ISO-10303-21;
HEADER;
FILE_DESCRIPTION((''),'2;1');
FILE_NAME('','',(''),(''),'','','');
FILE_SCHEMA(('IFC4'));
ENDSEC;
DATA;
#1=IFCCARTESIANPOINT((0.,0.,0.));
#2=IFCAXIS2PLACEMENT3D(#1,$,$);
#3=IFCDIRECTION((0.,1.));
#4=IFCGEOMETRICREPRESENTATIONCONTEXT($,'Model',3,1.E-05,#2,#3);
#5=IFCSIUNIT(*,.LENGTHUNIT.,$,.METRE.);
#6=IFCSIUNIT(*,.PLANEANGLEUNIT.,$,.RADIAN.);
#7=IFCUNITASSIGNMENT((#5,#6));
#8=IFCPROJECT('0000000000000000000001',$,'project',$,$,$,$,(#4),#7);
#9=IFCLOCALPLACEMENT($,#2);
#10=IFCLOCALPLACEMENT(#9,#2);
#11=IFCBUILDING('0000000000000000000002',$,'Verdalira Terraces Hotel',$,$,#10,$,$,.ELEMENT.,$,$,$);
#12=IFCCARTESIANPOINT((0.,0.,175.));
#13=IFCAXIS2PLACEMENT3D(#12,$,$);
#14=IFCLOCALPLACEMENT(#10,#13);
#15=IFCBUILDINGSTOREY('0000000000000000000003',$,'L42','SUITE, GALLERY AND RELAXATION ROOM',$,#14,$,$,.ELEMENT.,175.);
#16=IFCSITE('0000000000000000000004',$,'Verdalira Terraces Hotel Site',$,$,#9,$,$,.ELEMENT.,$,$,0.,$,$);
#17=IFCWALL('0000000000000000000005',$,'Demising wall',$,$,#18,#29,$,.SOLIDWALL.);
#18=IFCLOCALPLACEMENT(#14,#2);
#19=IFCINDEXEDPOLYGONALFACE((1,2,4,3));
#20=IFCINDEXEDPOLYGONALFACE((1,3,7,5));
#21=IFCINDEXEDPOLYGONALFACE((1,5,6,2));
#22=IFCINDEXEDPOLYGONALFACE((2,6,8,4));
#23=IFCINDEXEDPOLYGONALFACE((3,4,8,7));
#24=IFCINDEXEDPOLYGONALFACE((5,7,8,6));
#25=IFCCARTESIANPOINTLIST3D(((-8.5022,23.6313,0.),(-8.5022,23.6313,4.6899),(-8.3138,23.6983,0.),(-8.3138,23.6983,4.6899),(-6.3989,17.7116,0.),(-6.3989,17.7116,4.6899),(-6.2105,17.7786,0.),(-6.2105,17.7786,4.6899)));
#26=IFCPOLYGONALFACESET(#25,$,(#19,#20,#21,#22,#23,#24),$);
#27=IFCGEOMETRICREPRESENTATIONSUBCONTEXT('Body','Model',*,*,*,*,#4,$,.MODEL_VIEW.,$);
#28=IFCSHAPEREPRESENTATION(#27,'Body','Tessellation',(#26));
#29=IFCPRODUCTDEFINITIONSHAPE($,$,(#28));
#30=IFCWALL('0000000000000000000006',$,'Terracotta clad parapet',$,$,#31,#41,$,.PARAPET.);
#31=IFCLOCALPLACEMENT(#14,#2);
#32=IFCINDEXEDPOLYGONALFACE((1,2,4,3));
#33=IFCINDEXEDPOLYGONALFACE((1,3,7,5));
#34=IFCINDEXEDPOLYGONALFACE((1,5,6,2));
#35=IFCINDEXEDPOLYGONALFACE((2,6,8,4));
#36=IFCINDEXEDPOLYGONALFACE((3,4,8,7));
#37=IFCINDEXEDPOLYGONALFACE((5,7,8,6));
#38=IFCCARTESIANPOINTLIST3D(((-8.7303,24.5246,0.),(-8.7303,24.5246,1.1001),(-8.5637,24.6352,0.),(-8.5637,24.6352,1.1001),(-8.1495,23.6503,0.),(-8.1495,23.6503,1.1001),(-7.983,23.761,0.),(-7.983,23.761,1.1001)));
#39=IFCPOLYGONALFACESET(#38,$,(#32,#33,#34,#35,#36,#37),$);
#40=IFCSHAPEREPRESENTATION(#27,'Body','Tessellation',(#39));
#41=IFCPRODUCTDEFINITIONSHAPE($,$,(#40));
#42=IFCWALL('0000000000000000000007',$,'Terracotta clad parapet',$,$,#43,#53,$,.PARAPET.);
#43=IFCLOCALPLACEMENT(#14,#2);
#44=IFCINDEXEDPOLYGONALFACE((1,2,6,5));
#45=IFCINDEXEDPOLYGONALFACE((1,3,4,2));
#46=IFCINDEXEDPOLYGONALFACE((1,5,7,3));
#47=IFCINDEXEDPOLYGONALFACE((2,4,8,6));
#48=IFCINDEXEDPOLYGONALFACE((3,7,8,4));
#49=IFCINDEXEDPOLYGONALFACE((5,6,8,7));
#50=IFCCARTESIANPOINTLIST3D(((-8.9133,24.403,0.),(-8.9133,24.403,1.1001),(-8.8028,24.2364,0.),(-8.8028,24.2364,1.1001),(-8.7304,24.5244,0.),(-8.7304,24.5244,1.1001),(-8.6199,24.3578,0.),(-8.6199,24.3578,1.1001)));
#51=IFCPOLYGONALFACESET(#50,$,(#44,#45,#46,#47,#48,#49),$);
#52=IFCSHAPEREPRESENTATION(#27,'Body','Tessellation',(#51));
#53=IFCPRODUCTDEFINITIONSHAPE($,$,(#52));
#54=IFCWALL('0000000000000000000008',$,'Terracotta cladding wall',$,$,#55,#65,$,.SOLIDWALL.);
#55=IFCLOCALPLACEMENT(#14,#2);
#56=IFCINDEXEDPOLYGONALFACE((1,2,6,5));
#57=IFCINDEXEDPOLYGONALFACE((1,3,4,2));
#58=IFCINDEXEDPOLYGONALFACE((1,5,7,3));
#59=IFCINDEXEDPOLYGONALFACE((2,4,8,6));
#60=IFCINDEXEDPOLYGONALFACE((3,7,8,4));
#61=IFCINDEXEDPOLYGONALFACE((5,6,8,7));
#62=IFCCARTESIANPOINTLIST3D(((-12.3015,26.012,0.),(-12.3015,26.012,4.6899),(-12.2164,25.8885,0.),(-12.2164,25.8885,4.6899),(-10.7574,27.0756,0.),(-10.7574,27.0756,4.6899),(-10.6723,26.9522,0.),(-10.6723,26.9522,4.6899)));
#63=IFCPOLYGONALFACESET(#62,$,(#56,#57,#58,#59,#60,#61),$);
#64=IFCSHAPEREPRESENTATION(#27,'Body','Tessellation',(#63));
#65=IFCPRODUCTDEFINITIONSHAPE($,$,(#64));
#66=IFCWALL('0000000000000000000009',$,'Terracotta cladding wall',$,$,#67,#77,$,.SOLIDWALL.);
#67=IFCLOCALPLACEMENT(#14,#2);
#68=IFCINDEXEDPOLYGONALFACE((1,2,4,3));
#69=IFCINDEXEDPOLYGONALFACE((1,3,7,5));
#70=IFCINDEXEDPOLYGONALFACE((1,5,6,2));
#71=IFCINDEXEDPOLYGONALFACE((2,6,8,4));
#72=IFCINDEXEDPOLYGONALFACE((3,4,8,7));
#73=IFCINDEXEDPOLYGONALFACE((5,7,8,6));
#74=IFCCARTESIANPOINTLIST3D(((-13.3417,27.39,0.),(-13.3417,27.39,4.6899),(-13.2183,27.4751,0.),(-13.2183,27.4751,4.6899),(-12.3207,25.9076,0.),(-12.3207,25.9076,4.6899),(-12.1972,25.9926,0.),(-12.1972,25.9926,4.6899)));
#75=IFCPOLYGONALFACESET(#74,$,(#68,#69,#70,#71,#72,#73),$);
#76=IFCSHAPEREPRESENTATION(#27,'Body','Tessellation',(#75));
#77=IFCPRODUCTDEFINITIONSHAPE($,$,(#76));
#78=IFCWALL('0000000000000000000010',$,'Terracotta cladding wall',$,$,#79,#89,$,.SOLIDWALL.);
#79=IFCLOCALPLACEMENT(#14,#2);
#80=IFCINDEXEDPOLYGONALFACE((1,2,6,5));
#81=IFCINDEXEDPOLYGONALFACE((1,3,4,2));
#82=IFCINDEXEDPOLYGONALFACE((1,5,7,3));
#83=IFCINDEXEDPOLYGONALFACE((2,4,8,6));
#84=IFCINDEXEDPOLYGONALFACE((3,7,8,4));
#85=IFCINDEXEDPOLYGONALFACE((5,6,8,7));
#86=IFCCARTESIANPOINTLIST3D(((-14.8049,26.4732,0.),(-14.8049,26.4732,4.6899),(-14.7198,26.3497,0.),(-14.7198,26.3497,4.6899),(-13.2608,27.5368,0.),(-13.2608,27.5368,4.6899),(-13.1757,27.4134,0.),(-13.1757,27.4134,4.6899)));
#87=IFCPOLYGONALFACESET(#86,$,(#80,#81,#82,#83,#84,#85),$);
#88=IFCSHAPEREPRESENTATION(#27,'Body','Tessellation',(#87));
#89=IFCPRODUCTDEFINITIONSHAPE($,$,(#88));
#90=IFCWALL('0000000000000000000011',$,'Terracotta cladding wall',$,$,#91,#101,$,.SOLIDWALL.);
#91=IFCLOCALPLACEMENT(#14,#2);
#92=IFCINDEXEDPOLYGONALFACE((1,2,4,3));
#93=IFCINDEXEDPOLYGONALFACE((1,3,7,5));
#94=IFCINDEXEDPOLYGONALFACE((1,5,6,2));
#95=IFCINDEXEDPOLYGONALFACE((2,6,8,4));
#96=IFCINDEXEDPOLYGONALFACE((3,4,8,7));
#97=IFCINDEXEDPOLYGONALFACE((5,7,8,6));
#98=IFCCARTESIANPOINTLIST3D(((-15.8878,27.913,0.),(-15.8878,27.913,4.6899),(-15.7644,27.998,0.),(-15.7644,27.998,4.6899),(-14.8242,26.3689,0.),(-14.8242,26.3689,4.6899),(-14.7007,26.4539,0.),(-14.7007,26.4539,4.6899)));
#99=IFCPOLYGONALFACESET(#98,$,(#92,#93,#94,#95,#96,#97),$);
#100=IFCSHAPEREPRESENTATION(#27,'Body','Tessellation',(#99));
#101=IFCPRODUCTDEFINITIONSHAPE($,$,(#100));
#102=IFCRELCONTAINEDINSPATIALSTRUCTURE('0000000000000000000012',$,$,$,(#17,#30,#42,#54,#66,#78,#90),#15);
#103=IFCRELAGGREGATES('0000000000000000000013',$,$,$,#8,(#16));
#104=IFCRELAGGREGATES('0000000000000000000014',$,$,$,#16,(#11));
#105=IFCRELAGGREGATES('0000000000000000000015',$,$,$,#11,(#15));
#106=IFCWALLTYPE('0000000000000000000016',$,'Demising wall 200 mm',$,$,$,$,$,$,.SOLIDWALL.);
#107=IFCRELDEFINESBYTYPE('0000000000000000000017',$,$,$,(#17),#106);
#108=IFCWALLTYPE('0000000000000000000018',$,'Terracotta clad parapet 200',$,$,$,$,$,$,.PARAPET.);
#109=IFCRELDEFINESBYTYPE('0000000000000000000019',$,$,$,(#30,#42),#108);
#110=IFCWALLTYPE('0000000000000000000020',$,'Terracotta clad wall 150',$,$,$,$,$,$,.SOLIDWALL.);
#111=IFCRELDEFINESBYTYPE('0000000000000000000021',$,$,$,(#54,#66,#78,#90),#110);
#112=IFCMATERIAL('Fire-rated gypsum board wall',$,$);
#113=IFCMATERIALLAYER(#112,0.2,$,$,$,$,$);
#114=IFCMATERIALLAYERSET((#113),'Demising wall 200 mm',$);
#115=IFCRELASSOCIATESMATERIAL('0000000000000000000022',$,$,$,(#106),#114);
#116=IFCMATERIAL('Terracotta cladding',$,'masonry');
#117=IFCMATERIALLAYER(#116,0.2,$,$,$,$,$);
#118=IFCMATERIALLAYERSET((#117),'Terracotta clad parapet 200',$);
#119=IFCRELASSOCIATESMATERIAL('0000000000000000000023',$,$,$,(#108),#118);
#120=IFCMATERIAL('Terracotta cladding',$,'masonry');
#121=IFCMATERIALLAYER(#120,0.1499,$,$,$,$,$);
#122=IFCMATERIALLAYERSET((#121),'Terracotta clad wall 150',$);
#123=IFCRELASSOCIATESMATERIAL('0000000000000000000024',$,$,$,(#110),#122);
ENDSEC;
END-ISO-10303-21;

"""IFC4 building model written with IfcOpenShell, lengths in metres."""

from ifc_helpers import new_model, si_unit, direction, frame, frame_2d, origin, place, context, subcontext, project, spatial, rectangle, extrude, material, layer, layer_set, type_object, element, save


model = new_model("IFC4")

# Units and contexts
model_context = context("Model", 3, precision=1e-05, world=origin(), true_north=direction((0.0, 1.0)))
body_context = subcontext(model_context, "Body", "Model", "MODEL_VIEW")
ifc_project = project(units=[si_unit("LENGTHUNIT", "METRE"), si_unit("PLANEANGLEUNIT", "RADIAN")], contexts=[model_context])

# Site, building, storey
site_placement = place(None, origin())
site = spatial("IfcSite", under=ifc_project, at=site_placement, Name="Verdalira Terraces Hotel Site", CompositionType="ELEMENT", RefElevation=0.0)
building_placement = place(site_placement, origin())
building = spatial("IfcBuilding", under=site, at=building_placement, Name="Verdalira Terraces Hotel", CompositionType="ELEMENT")
storey_placement = place(building_placement, frame((0.0, 0.0, 175.0)))
storey = spatial("IfcBuildingStorey", under=building, at=storey_placement, Name="L42", Description="SUITE, GALLERY AND RELAXATION ROOM", CompositionType="ELEMENT", Elevation=175.0)

# Walls
ifc_material_1 = material(Name="Fire-rated gypsum board wall")
ifc_layer_1 = layer(ifc_material_1, 0.2)
ifc_layer_set_1 = layer_set([ifc_layer_1], Name="Demising wall 200 mm")
wall_type_1 = type_object("IfcWallType", Name="Demising wall 200 mm", PredefinedType="SOLIDWALL", material=ifc_layer_set_1)
wall_1_placement = place(storey_placement, frame((-8.408, 23.6648, 0.0), z_axis=(0.0, 0.0, 1.0), x_axis=(0.334797, -0.94229, 0.0)))
element("IfcWall", 1, at=wall_1_placement, inside=storey, type_object=wall_type_1, Name="Demising wall", PredefinedType="SOLIDWALL", context=body_context, shape_type="SweptSolid", body=[
    extrude(rectangle(XDim=6.2822, YDim=0.2, at=frame_2d((3.1411, 0.0))), origin(), (0.0, 0.0, 1.0), 4.6899),
])
ifc_material_2 = material(Name="Terracotta cladding", Category="masonry")
ifc_layer_2 = layer(ifc_material_2, 0.2)
ifc_layer_set_2 = layer_set([ifc_layer_2], Name="Terracotta clad parapet 200")
wall_type_2 = type_object("IfcWallType", Name="Terracotta clad parapet 200", PredefinedType="PARAPET", material=ifc_layer_set_2)
wall_2_placement = place(storey_placement, frame((-8.0662, 23.7056, 0.0), z_axis=(0.0, 0.0, 1.0), x_axis=(-0.553358, 0.832944, 0.0)))
element("IfcWall", 2, at=wall_2_placement, inside=storey, type_object=wall_type_2, Name="Terracotta clad parapet", PredefinedType="PARAPET", context=body_context, shape_type="SweptSolid", body=[
    extrude(rectangle(XDim=1.0496, YDim=0.2, at=frame_2d((0.5249, 0.0))), origin(), (0.0, 0.0, 1.0), 1.1001),
])
wall_3_placement = place(storey_placement, frame((-8.675, 24.4412, 0.0), z_axis=(0.0, 0.0, 1.0), x_axis=(-0.833246, -0.552902, 0.0)))
element("IfcWall", 3, at=wall_3_placement, inside=storey, type_object=wall_type_2, Name="Terracotta clad parapet", PredefinedType="PARAPET", context=body_context, shape_type="SweptSolid", body=[
    extrude(rectangle(XDim=0.2195, YDim=0.2, at=frame_2d((0.1099, 0.0))), origin(), (0.0, 0.0, 1.0), 1.1001),
])
ifc_material_3 = material(Name="Terracotta cladding", Category="masonry")
ifc_layer_3 = layer(ifc_material_3, 0.1499)
ifc_layer_set_3 = layer_set([ifc_layer_3], Name="Terracotta clad wall 150")
wall_type_3 = type_object("IfcWallType", Name="Terracotta clad wall 150", PredefinedType="SOLIDWALL", material=ifc_layer_set_3)
wall_4_placement = place(storey_placement, frame((-10.7148, 27.0139, 0.0), z_axis=(0.0, 0.0, 1.0), x_axis=(-0.823521, -0.567286, 0.0)))
element("IfcWall", 4, at=wall_4_placement, inside=storey, type_object=wall_type_3, Name="Terracotta cladding wall", PredefinedType="SOLIDWALL", context=body_context, shape_type="SweptSolid", body=[
    extrude(rectangle(XDim=1.875, YDim=0.1499, at=frame_2d((0.9375, 0.0))), origin(), (0.0, 0.0, 1.0), 4.6899),
])
wall_5_placement = place(storey_placement, frame((-12.259, 25.9502, 0.0), z_axis=(0.0, 0.0, 1.0), x_axis=(-0.567219, 0.823567, 0.0)))
element("IfcWall", 5, at=wall_5_placement, inside=storey, type_object=wall_type_3, Name="Terracotta cladding wall", PredefinedType="SOLIDWALL", context=body_context, shape_type="SweptSolid", body=[
    extrude(rectangle(XDim=1.8, YDim=0.1499, at=frame_2d((0.8999, 0.0))), origin(), (0.0, 0.0, 1.0), 4.6899),
])
for number, where, z_axis, x_axis, name in (
    (6, (-13.2183, 27.4751, 0.0), (0.0, 0.0, 1.0), (-0.823521, -0.567286, 0.0), "Terracotta cladding wall"),
    (7, (-14.7625, 26.4114, 0.0), (0.0, 0.0, 1.0), (-0.567286, 0.823521, 0.0), "Terracotta cladding wall"),
):
    element("IfcWall", number, at=place(storey_placement, frame(where, z_axis=z_axis, x_axis=x_axis)), inside=storey, type_object=wall_type_3, Name=name, PredefinedType="SOLIDWALL", context=body_context, shape_type="SweptSolid", body=[
        extrude(rectangle(XDim=1.875, YDim=0.1499, at=frame_2d((0.9375, 0.0))), origin(), (0.0, 0.0, 1.0), 4.6899),
    ])

save(model, "model.ifc")
